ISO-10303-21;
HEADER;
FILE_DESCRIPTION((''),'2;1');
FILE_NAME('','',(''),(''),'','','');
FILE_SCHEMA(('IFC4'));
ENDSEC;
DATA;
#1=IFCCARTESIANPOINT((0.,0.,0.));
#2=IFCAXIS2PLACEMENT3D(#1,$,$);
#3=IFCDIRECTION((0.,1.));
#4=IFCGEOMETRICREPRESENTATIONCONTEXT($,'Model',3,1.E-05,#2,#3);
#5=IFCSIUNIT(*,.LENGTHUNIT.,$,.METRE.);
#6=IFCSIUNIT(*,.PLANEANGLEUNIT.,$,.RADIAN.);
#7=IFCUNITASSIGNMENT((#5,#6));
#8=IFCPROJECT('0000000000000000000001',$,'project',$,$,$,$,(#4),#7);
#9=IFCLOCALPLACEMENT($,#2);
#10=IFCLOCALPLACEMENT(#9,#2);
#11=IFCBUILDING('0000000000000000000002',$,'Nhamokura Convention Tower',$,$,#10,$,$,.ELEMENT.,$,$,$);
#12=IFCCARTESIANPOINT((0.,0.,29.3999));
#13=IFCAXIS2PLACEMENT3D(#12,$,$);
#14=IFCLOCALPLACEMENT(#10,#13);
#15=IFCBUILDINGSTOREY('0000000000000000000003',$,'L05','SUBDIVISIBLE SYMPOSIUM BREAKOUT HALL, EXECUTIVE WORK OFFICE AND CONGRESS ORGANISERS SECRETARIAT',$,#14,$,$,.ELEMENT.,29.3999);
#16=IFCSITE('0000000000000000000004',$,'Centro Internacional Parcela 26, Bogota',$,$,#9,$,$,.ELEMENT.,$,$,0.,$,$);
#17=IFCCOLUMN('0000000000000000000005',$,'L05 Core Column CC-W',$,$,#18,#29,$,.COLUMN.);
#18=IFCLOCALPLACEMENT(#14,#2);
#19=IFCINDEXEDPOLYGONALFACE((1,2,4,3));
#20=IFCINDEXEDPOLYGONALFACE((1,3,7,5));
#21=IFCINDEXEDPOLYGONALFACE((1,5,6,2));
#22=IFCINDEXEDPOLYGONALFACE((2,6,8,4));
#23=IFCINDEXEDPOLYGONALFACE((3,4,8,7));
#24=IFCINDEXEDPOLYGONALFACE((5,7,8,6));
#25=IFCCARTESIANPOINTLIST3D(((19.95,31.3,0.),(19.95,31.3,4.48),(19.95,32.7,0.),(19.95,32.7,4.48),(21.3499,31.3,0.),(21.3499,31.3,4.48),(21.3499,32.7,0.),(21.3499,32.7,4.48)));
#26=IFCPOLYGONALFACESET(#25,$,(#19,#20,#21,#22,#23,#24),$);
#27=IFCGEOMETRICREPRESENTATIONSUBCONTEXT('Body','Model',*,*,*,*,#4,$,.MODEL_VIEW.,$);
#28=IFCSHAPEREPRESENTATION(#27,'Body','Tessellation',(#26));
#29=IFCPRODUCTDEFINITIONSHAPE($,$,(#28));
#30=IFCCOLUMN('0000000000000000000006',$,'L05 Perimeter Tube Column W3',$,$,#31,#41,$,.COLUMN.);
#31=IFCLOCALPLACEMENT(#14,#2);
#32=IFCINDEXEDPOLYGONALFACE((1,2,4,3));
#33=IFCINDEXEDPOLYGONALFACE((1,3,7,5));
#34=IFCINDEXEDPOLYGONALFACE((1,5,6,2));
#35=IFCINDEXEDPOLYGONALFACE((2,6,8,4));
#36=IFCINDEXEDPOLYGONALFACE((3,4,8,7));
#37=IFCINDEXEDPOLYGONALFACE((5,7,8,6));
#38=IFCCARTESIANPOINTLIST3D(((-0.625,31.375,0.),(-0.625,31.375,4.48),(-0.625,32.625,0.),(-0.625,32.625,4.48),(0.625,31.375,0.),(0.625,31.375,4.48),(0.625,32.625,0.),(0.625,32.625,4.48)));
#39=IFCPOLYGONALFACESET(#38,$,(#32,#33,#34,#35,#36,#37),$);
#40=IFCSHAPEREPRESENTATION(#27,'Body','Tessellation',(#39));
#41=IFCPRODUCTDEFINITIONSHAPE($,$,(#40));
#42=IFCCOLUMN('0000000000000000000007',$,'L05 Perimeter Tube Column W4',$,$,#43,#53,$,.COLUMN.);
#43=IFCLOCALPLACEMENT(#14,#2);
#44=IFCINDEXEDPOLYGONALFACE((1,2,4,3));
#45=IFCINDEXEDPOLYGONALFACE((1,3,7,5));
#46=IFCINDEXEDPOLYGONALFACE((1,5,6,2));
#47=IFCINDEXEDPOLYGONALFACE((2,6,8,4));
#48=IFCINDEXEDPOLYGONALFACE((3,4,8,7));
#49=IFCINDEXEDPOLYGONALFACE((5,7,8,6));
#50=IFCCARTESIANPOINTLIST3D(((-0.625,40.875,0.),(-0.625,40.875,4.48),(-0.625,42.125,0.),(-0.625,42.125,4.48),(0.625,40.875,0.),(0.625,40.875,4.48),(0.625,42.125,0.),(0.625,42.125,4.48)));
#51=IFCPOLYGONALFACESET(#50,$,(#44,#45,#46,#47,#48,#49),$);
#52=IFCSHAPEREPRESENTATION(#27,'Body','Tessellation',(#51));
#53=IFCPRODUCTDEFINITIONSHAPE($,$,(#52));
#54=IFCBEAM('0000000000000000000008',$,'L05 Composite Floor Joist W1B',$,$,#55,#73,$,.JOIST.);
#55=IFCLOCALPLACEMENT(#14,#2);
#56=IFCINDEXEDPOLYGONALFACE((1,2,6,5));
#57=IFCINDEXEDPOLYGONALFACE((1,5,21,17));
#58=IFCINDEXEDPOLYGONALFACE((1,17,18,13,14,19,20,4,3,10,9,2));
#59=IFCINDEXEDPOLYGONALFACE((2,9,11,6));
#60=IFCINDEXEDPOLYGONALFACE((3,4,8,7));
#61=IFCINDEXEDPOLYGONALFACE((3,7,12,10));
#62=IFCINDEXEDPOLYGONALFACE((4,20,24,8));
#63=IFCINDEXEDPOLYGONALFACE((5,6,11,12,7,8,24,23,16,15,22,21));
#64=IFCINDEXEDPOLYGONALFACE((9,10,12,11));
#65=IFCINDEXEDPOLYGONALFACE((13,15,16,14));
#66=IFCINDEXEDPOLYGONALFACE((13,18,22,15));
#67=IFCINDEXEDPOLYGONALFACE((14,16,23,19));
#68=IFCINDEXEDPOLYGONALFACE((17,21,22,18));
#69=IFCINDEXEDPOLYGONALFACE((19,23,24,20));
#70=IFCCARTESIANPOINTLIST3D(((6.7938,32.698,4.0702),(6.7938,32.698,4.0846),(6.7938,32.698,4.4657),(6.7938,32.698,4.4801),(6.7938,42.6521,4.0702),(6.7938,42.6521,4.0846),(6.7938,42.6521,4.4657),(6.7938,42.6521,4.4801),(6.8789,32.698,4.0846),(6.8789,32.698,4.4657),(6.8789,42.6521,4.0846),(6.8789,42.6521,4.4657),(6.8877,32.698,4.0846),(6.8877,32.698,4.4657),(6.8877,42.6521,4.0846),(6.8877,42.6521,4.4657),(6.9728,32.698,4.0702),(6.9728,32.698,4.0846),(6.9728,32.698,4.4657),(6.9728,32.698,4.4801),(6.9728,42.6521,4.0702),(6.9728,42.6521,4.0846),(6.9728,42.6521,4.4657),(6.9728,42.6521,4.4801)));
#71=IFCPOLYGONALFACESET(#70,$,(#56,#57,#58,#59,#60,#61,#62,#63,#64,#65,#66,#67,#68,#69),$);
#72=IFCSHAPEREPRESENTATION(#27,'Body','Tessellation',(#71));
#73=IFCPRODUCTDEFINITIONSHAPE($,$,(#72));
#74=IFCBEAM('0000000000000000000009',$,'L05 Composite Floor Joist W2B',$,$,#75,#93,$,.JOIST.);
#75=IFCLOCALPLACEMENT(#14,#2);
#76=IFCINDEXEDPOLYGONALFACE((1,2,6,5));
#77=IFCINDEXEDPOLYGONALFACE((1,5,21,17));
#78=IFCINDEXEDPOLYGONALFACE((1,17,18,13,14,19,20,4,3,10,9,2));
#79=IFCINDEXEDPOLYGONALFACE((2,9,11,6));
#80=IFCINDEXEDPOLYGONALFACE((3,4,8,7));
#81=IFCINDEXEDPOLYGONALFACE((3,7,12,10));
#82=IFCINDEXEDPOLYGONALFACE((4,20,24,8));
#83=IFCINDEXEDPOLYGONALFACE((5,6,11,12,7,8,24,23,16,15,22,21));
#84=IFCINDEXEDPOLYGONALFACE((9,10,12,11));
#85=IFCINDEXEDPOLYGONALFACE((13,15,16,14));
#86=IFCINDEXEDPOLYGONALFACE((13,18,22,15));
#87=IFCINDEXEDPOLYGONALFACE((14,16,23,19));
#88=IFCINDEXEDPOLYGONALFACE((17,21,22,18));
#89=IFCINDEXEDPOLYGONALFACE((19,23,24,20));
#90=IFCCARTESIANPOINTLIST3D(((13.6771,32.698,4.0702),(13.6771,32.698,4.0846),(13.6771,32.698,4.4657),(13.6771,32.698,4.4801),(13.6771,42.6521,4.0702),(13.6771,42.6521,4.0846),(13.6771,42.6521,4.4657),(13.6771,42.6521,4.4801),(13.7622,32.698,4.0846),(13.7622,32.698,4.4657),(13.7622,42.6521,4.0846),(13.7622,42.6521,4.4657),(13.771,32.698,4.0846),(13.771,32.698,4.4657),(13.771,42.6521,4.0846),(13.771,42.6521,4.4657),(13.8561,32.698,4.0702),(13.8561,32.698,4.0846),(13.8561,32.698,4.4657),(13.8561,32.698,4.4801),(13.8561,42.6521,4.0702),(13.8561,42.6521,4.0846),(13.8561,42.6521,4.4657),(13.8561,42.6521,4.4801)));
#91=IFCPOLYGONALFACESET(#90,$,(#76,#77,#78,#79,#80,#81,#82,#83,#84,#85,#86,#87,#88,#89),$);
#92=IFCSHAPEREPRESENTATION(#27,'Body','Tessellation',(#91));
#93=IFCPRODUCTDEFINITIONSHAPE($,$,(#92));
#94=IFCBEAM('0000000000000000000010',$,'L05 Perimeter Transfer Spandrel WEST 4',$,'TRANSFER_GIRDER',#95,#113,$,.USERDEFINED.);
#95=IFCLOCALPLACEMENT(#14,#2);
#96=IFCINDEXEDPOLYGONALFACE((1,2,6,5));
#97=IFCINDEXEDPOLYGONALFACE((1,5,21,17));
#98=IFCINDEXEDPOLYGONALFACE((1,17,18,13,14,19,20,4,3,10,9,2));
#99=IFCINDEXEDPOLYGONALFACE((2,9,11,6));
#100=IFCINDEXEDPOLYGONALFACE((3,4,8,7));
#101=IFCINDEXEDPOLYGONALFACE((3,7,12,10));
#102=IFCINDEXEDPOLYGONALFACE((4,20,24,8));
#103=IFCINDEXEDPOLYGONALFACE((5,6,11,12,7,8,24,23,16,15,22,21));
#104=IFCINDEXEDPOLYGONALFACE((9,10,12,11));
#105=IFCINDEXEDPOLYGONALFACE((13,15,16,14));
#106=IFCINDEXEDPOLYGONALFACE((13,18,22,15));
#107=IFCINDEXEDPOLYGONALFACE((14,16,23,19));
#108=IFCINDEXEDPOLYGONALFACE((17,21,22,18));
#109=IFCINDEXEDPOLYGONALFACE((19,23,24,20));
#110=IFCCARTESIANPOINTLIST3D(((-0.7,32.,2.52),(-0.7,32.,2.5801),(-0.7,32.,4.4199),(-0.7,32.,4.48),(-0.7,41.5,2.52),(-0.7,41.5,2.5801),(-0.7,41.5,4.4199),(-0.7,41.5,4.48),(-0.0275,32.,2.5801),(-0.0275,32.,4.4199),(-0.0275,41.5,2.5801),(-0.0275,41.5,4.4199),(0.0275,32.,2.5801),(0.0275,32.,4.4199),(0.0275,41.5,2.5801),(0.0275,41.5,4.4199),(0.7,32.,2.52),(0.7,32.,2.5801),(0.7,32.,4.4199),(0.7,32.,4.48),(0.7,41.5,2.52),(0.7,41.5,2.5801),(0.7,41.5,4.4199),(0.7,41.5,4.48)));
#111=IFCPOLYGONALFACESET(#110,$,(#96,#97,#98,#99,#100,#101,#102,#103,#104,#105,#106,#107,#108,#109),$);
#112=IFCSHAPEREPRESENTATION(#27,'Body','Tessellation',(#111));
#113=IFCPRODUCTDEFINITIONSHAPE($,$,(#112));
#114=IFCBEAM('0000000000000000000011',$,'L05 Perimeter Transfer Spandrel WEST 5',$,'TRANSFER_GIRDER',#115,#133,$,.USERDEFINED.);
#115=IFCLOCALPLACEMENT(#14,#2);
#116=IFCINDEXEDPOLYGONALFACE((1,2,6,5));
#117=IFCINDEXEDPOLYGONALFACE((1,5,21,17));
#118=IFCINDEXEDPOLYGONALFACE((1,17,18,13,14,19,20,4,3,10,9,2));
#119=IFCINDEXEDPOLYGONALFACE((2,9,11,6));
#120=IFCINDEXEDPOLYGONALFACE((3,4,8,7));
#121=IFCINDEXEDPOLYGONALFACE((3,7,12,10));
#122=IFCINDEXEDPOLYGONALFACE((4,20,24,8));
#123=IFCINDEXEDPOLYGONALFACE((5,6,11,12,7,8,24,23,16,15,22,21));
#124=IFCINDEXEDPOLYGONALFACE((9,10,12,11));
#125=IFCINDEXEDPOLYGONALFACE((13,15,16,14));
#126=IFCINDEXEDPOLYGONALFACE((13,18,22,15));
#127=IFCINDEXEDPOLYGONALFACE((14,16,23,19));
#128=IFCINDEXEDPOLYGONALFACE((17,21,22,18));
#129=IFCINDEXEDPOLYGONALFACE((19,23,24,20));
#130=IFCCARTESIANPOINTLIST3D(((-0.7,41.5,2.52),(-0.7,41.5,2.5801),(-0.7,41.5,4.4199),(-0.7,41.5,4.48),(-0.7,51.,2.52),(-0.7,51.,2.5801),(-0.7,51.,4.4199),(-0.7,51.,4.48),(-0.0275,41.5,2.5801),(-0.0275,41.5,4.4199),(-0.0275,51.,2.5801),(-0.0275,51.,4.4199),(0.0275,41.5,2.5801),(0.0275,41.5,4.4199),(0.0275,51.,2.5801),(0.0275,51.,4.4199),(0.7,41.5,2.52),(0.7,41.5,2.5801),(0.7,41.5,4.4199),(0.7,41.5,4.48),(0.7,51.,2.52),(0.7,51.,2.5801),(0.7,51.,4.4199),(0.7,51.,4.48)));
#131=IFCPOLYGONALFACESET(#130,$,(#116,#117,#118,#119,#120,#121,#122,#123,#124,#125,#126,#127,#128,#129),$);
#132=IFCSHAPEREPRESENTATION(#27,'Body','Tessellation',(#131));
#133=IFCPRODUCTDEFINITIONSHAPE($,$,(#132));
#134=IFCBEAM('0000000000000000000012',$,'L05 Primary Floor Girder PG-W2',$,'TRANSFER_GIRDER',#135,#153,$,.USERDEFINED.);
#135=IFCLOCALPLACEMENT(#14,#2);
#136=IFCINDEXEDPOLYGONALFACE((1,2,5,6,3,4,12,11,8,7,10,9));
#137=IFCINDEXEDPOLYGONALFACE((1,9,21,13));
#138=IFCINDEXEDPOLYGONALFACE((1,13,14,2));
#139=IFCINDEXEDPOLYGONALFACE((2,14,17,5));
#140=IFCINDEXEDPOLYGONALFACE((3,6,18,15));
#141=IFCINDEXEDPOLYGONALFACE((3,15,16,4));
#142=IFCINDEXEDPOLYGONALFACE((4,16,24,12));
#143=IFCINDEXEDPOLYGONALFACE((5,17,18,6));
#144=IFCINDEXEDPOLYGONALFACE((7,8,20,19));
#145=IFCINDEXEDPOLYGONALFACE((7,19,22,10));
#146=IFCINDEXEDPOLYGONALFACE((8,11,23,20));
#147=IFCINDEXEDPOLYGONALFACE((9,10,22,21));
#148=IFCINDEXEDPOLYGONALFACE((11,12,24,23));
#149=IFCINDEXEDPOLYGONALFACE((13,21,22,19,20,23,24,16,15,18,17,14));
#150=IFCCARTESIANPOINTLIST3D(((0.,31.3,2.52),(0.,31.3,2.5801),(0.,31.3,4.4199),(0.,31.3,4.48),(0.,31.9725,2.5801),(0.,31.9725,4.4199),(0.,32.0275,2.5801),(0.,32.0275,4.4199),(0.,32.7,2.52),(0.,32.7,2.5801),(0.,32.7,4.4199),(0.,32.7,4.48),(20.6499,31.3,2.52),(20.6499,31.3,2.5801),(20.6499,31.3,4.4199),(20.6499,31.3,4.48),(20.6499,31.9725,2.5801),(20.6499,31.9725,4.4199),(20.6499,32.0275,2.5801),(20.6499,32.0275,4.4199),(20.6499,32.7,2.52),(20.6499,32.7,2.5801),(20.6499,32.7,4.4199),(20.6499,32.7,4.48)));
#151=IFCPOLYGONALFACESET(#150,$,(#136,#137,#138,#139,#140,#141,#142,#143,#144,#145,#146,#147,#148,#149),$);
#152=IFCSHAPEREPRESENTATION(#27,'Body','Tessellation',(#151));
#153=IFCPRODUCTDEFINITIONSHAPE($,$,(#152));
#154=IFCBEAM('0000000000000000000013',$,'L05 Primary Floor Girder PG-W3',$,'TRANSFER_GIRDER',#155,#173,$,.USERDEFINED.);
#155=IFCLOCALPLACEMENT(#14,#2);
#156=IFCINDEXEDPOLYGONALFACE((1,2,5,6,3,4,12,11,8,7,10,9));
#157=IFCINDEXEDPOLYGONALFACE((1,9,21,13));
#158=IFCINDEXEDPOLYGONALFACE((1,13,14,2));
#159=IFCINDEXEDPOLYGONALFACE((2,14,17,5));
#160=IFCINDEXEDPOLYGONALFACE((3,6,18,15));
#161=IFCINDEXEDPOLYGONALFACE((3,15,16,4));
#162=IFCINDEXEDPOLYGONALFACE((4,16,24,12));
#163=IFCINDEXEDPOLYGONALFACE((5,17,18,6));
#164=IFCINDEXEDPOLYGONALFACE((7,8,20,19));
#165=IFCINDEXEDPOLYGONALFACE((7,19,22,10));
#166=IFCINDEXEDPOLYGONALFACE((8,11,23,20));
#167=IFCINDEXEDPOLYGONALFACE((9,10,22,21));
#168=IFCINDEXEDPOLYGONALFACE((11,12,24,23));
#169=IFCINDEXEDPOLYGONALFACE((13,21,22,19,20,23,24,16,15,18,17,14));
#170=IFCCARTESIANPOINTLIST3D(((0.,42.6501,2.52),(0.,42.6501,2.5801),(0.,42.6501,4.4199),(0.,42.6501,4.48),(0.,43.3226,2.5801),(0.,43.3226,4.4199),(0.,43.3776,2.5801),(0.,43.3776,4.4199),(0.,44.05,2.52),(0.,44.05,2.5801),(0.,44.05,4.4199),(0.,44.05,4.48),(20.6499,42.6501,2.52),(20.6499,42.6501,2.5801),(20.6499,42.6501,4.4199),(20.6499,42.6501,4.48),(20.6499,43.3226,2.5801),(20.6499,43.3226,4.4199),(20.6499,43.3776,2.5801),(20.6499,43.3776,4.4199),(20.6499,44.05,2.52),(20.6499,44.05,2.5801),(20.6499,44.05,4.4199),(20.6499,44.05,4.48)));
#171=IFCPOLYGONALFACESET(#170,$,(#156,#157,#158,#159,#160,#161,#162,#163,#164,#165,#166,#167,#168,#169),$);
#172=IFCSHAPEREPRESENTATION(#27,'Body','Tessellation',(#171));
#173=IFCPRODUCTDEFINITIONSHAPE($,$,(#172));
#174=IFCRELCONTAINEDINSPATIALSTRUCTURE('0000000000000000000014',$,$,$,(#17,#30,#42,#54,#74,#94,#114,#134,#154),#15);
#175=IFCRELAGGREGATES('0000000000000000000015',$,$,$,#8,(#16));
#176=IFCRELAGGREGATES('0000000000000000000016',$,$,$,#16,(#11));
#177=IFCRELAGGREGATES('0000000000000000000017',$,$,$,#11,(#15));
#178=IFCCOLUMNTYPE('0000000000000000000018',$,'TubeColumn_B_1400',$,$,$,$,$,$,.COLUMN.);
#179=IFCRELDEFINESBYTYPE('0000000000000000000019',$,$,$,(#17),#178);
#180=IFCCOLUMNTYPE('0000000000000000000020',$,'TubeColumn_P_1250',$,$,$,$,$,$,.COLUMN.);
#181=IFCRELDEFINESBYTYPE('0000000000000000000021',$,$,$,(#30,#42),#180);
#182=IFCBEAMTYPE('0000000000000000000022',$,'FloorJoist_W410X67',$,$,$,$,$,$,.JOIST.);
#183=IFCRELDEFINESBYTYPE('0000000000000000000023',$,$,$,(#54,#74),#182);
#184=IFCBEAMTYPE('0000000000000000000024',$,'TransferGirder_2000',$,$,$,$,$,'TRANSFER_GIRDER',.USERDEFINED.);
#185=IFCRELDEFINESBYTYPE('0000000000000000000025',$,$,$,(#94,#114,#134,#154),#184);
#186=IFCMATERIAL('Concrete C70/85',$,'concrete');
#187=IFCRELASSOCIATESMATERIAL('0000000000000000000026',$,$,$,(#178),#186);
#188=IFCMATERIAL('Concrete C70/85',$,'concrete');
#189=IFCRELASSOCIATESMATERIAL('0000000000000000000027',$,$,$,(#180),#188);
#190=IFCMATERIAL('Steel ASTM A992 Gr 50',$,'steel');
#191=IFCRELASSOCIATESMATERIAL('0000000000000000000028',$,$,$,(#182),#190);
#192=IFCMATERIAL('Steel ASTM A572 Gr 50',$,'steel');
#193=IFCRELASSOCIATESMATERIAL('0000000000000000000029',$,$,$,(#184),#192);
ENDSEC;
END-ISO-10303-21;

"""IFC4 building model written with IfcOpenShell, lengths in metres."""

from ifc_helpers import new_model, si_unit, direction, frame, origin, origin_2d, place, context, subcontext, project, spatial, rectangle, i_section, extrude, material, material_profile, profile_set, type_object, element, save


model = new_model("IFC4")

# Units and contexts
model_context = context("Model", 3, precision=1e-05, world=origin(), true_north=direction((0.0, 1.0)))
body_context = subcontext(model_context, "Body", "Model", "MODEL_VIEW")
ifc_project = project(units=[si_unit("LENGTHUNIT", "METRE"), si_unit("PLANEANGLEUNIT", "RADIAN")], contexts=[model_context])

# Site, building, storey
site_placement = place(None, origin())
site = spatial("IfcSite", under=ifc_project, at=site_placement, Name="Centro Internacional Parcela 26, Bogota", CompositionType="ELEMENT", RefElevation=0.0)
building_placement = place(site_placement, origin())
building = spatial("IfcBuilding", under=site, at=building_placement, Name="Nhamokura Convention Tower", CompositionType="ELEMENT")
storey_placement = place(building_placement, frame((0.0, 0.0, 29.3999)))
storey = spatial("IfcBuildingStorey", under=building, at=storey_placement, Name="L05", Description="SUBDIVISIBLE SYMPOSIUM BREAKOUT HALL, EXECUTIVE WORK OFFICE AND CONGRESS ORGANISERS SECRETARIAT", CompositionType="ELEMENT", Elevation=29.3999)

# Columns
ifc_material_1 = material(Name="Concrete C70/85", Category="concrete")
ifc_material_profile_1 = material_profile(ifc_material_1, rectangle(XDim=1.3999, YDim=1.3999, at=origin_2d()))
ifc_profile_set_1 = profile_set([ifc_material_profile_1], Name="Concrete C70/85")
column_type_1 = type_object("IfcColumnType", Name="TubeColumn_B_1400", PredefinedType="COLUMN", material=ifc_profile_set_1)
column_placement = place(storey_placement, frame((20.6499, 32.0, 0.0), z_axis=(0.0, 0.0, 1.0), x_axis=(1.0, 0.0, 0.0)))
element("IfcColumn", 1, at=column_placement, inside=storey, type_object=column_type_1, Name="L05 Core Column CC-W", PredefinedType="COLUMN", context=body_context, shape_type="SweptSolid", body=[
    extrude(rectangle(XDim=1.3999, YDim=1.3999, at=origin_2d()), origin(), (0.0, 0.0, 1.0), 4.48),
])
ifc_material_2 = material(Name="Concrete C70/85", Category="concrete")
ifc_material_profile_2 = material_profile(ifc_material_2, rectangle(XDim=1.25, YDim=1.25, at=origin_2d()))
ifc_profile_set_2 = profile_set([ifc_material_profile_2], Name="Concrete C70/85")
column_type_2 = type_object("IfcColumnType", Name="TubeColumn_P_1250", PredefinedType="COLUMN", material=ifc_profile_set_2)
for number, where, z_axis, x_axis, name in (
    (2, (0.0, 32.0, 0.0), (0.0, 0.0, 1.0), (1.0, 0.0, 0.0), "L05 Perimeter Tube Column W3"),
    (3, (0.0, 41.5, 0.0), (0.0, 0.0, 1.0), (1.0, 0.0, 0.0), "L05 Perimeter Tube Column W4"),
):
    element("IfcColumn", number, at=place(storey_placement, frame(where, z_axis=z_axis, x_axis=x_axis)), inside=storey, type_object=column_type_2, Name=name, PredefinedType="COLUMN", context=body_context, shape_type="SweptSolid", body=[
        extrude(rectangle(XDim=1.25, YDim=1.25, at=origin_2d()), origin(), (0.0, 0.0, 1.0), 4.48),
    ])

# Beams
ifc_material_3 = material(Name="Steel ASTM A992 Gr 50", Category="steel")
ifc_material_profile_3 = material_profile(ifc_material_3, i_section(OverallWidth=0.179, OverallDepth=0.4099, WebThickness=0.0088, FlangeThickness=0.0144, at=origin_2d()))
ifc_profile_set_3 = profile_set([ifc_material_profile_3], Name="Steel ASTM A992 Gr 50")
beam_type_1 = type_object("IfcBeamType", Name="FloorJoist_W410X67", PredefinedType="JOIST", material=ifc_profile_set_3)
for number, where, z_axis, x_axis, name in (
    (4, (6.8833, 32.698, 4.2751), (0.0, 1.0, 0.0), (-1.0, 0.0, 0.0), "L05 Composite Floor Joist W1B"),
    (5, (13.7666, 32.698, 4.2751), (0.0, 1.0, 0.0), (-1.0, 0.0, 0.0), "L05 Composite Floor Joist W2B"),
):
    element("IfcBeam", number, at=place(storey_placement, frame(where, z_axis=z_axis, x_axis=x_axis)), inside=storey, type_object=beam_type_1, Name=name, PredefinedType="JOIST", context=body_context, shape_type="SweptSolid", body=[
        extrude(i_section(OverallWidth=0.179, OverallDepth=0.4099, WebThickness=0.0088, FlangeThickness=0.0144, at=origin_2d()), origin(), (0.0, 0.0, 1.0), 9.9541),
    ])
ifc_material_4 = material(Name="Steel ASTM A572 Gr 50", Category="steel")
ifc_material_profile_4 = material_profile(ifc_material_4, i_section(OverallWidth=1.3999, OverallDepth=1.96, WebThickness=0.0549, FlangeThickness=0.0601, at=origin_2d()))
ifc_profile_set_4 = profile_set([ifc_material_profile_4], Name="Steel ASTM A572 Gr 50")
beam_type_2 = type_object("IfcBeamType", Name="TransferGirder_2000", ElementType="TRANSFER_GIRDER", PredefinedType="USERDEFINED", material=ifc_profile_set_4)
for number, where, z_axis, x_axis, name in (
    (6, (0.0, 32.0, 3.5), (0.0, 1.0, 0.0), (-1.0, 0.0, 0.0), "L05 Perimeter Transfer Spandrel WEST 4"),
    (7, (0.0, 41.5, 3.5), (0.0, 1.0, 0.0), (-1.0, 0.0, 0.0), "L05 Perimeter Transfer Spandrel WEST 5"),
):
    element("IfcBeam", number, at=place(storey_placement, frame(where, z_axis=z_axis, x_axis=x_axis)), inside=storey, type_object=beam_type_2, Name=name, ObjectType="TRANSFER_GIRDER", PredefinedType="USERDEFINED", context=body_context, shape_type="SweptSolid", body=[
        extrude(i_section(OverallWidth=1.3999, OverallDepth=1.96, WebThickness=0.0549, FlangeThickness=0.0601, at=origin_2d()), origin(), (0.0, 0.0, 1.0), 9.5),
    ])
for number, where, z_axis, x_axis, name in (
    (8, (0.0, 32.0, 3.5), (1.0, 0.0, 0.0), (0.0, 1.0, 0.0), "L05 Primary Floor Girder PG-W2"),
    (9, (0.0, 43.3501, 3.5), (1.0, 0.0, 0.0), (0.0, 1.0, 0.0), "L05 Primary Floor Girder PG-W3"),
):
    element("IfcBeam", number, at=place(storey_placement, frame(where, z_axis=z_axis, x_axis=x_axis)), inside=storey, type_object=beam_type_2, Name=name, ObjectType="TRANSFER_GIRDER", PredefinedType="USERDEFINED", context=body_context, shape_type="SweptSolid", body=[
        extrude(i_section(OverallWidth=1.3999, OverallDepth=1.96, WebThickness=0.0549, FlangeThickness=0.0601, at=origin_2d()), origin(), (0.0, 0.0, 1.0), 20.6499),
    ])

save(model, "model.ifc")
